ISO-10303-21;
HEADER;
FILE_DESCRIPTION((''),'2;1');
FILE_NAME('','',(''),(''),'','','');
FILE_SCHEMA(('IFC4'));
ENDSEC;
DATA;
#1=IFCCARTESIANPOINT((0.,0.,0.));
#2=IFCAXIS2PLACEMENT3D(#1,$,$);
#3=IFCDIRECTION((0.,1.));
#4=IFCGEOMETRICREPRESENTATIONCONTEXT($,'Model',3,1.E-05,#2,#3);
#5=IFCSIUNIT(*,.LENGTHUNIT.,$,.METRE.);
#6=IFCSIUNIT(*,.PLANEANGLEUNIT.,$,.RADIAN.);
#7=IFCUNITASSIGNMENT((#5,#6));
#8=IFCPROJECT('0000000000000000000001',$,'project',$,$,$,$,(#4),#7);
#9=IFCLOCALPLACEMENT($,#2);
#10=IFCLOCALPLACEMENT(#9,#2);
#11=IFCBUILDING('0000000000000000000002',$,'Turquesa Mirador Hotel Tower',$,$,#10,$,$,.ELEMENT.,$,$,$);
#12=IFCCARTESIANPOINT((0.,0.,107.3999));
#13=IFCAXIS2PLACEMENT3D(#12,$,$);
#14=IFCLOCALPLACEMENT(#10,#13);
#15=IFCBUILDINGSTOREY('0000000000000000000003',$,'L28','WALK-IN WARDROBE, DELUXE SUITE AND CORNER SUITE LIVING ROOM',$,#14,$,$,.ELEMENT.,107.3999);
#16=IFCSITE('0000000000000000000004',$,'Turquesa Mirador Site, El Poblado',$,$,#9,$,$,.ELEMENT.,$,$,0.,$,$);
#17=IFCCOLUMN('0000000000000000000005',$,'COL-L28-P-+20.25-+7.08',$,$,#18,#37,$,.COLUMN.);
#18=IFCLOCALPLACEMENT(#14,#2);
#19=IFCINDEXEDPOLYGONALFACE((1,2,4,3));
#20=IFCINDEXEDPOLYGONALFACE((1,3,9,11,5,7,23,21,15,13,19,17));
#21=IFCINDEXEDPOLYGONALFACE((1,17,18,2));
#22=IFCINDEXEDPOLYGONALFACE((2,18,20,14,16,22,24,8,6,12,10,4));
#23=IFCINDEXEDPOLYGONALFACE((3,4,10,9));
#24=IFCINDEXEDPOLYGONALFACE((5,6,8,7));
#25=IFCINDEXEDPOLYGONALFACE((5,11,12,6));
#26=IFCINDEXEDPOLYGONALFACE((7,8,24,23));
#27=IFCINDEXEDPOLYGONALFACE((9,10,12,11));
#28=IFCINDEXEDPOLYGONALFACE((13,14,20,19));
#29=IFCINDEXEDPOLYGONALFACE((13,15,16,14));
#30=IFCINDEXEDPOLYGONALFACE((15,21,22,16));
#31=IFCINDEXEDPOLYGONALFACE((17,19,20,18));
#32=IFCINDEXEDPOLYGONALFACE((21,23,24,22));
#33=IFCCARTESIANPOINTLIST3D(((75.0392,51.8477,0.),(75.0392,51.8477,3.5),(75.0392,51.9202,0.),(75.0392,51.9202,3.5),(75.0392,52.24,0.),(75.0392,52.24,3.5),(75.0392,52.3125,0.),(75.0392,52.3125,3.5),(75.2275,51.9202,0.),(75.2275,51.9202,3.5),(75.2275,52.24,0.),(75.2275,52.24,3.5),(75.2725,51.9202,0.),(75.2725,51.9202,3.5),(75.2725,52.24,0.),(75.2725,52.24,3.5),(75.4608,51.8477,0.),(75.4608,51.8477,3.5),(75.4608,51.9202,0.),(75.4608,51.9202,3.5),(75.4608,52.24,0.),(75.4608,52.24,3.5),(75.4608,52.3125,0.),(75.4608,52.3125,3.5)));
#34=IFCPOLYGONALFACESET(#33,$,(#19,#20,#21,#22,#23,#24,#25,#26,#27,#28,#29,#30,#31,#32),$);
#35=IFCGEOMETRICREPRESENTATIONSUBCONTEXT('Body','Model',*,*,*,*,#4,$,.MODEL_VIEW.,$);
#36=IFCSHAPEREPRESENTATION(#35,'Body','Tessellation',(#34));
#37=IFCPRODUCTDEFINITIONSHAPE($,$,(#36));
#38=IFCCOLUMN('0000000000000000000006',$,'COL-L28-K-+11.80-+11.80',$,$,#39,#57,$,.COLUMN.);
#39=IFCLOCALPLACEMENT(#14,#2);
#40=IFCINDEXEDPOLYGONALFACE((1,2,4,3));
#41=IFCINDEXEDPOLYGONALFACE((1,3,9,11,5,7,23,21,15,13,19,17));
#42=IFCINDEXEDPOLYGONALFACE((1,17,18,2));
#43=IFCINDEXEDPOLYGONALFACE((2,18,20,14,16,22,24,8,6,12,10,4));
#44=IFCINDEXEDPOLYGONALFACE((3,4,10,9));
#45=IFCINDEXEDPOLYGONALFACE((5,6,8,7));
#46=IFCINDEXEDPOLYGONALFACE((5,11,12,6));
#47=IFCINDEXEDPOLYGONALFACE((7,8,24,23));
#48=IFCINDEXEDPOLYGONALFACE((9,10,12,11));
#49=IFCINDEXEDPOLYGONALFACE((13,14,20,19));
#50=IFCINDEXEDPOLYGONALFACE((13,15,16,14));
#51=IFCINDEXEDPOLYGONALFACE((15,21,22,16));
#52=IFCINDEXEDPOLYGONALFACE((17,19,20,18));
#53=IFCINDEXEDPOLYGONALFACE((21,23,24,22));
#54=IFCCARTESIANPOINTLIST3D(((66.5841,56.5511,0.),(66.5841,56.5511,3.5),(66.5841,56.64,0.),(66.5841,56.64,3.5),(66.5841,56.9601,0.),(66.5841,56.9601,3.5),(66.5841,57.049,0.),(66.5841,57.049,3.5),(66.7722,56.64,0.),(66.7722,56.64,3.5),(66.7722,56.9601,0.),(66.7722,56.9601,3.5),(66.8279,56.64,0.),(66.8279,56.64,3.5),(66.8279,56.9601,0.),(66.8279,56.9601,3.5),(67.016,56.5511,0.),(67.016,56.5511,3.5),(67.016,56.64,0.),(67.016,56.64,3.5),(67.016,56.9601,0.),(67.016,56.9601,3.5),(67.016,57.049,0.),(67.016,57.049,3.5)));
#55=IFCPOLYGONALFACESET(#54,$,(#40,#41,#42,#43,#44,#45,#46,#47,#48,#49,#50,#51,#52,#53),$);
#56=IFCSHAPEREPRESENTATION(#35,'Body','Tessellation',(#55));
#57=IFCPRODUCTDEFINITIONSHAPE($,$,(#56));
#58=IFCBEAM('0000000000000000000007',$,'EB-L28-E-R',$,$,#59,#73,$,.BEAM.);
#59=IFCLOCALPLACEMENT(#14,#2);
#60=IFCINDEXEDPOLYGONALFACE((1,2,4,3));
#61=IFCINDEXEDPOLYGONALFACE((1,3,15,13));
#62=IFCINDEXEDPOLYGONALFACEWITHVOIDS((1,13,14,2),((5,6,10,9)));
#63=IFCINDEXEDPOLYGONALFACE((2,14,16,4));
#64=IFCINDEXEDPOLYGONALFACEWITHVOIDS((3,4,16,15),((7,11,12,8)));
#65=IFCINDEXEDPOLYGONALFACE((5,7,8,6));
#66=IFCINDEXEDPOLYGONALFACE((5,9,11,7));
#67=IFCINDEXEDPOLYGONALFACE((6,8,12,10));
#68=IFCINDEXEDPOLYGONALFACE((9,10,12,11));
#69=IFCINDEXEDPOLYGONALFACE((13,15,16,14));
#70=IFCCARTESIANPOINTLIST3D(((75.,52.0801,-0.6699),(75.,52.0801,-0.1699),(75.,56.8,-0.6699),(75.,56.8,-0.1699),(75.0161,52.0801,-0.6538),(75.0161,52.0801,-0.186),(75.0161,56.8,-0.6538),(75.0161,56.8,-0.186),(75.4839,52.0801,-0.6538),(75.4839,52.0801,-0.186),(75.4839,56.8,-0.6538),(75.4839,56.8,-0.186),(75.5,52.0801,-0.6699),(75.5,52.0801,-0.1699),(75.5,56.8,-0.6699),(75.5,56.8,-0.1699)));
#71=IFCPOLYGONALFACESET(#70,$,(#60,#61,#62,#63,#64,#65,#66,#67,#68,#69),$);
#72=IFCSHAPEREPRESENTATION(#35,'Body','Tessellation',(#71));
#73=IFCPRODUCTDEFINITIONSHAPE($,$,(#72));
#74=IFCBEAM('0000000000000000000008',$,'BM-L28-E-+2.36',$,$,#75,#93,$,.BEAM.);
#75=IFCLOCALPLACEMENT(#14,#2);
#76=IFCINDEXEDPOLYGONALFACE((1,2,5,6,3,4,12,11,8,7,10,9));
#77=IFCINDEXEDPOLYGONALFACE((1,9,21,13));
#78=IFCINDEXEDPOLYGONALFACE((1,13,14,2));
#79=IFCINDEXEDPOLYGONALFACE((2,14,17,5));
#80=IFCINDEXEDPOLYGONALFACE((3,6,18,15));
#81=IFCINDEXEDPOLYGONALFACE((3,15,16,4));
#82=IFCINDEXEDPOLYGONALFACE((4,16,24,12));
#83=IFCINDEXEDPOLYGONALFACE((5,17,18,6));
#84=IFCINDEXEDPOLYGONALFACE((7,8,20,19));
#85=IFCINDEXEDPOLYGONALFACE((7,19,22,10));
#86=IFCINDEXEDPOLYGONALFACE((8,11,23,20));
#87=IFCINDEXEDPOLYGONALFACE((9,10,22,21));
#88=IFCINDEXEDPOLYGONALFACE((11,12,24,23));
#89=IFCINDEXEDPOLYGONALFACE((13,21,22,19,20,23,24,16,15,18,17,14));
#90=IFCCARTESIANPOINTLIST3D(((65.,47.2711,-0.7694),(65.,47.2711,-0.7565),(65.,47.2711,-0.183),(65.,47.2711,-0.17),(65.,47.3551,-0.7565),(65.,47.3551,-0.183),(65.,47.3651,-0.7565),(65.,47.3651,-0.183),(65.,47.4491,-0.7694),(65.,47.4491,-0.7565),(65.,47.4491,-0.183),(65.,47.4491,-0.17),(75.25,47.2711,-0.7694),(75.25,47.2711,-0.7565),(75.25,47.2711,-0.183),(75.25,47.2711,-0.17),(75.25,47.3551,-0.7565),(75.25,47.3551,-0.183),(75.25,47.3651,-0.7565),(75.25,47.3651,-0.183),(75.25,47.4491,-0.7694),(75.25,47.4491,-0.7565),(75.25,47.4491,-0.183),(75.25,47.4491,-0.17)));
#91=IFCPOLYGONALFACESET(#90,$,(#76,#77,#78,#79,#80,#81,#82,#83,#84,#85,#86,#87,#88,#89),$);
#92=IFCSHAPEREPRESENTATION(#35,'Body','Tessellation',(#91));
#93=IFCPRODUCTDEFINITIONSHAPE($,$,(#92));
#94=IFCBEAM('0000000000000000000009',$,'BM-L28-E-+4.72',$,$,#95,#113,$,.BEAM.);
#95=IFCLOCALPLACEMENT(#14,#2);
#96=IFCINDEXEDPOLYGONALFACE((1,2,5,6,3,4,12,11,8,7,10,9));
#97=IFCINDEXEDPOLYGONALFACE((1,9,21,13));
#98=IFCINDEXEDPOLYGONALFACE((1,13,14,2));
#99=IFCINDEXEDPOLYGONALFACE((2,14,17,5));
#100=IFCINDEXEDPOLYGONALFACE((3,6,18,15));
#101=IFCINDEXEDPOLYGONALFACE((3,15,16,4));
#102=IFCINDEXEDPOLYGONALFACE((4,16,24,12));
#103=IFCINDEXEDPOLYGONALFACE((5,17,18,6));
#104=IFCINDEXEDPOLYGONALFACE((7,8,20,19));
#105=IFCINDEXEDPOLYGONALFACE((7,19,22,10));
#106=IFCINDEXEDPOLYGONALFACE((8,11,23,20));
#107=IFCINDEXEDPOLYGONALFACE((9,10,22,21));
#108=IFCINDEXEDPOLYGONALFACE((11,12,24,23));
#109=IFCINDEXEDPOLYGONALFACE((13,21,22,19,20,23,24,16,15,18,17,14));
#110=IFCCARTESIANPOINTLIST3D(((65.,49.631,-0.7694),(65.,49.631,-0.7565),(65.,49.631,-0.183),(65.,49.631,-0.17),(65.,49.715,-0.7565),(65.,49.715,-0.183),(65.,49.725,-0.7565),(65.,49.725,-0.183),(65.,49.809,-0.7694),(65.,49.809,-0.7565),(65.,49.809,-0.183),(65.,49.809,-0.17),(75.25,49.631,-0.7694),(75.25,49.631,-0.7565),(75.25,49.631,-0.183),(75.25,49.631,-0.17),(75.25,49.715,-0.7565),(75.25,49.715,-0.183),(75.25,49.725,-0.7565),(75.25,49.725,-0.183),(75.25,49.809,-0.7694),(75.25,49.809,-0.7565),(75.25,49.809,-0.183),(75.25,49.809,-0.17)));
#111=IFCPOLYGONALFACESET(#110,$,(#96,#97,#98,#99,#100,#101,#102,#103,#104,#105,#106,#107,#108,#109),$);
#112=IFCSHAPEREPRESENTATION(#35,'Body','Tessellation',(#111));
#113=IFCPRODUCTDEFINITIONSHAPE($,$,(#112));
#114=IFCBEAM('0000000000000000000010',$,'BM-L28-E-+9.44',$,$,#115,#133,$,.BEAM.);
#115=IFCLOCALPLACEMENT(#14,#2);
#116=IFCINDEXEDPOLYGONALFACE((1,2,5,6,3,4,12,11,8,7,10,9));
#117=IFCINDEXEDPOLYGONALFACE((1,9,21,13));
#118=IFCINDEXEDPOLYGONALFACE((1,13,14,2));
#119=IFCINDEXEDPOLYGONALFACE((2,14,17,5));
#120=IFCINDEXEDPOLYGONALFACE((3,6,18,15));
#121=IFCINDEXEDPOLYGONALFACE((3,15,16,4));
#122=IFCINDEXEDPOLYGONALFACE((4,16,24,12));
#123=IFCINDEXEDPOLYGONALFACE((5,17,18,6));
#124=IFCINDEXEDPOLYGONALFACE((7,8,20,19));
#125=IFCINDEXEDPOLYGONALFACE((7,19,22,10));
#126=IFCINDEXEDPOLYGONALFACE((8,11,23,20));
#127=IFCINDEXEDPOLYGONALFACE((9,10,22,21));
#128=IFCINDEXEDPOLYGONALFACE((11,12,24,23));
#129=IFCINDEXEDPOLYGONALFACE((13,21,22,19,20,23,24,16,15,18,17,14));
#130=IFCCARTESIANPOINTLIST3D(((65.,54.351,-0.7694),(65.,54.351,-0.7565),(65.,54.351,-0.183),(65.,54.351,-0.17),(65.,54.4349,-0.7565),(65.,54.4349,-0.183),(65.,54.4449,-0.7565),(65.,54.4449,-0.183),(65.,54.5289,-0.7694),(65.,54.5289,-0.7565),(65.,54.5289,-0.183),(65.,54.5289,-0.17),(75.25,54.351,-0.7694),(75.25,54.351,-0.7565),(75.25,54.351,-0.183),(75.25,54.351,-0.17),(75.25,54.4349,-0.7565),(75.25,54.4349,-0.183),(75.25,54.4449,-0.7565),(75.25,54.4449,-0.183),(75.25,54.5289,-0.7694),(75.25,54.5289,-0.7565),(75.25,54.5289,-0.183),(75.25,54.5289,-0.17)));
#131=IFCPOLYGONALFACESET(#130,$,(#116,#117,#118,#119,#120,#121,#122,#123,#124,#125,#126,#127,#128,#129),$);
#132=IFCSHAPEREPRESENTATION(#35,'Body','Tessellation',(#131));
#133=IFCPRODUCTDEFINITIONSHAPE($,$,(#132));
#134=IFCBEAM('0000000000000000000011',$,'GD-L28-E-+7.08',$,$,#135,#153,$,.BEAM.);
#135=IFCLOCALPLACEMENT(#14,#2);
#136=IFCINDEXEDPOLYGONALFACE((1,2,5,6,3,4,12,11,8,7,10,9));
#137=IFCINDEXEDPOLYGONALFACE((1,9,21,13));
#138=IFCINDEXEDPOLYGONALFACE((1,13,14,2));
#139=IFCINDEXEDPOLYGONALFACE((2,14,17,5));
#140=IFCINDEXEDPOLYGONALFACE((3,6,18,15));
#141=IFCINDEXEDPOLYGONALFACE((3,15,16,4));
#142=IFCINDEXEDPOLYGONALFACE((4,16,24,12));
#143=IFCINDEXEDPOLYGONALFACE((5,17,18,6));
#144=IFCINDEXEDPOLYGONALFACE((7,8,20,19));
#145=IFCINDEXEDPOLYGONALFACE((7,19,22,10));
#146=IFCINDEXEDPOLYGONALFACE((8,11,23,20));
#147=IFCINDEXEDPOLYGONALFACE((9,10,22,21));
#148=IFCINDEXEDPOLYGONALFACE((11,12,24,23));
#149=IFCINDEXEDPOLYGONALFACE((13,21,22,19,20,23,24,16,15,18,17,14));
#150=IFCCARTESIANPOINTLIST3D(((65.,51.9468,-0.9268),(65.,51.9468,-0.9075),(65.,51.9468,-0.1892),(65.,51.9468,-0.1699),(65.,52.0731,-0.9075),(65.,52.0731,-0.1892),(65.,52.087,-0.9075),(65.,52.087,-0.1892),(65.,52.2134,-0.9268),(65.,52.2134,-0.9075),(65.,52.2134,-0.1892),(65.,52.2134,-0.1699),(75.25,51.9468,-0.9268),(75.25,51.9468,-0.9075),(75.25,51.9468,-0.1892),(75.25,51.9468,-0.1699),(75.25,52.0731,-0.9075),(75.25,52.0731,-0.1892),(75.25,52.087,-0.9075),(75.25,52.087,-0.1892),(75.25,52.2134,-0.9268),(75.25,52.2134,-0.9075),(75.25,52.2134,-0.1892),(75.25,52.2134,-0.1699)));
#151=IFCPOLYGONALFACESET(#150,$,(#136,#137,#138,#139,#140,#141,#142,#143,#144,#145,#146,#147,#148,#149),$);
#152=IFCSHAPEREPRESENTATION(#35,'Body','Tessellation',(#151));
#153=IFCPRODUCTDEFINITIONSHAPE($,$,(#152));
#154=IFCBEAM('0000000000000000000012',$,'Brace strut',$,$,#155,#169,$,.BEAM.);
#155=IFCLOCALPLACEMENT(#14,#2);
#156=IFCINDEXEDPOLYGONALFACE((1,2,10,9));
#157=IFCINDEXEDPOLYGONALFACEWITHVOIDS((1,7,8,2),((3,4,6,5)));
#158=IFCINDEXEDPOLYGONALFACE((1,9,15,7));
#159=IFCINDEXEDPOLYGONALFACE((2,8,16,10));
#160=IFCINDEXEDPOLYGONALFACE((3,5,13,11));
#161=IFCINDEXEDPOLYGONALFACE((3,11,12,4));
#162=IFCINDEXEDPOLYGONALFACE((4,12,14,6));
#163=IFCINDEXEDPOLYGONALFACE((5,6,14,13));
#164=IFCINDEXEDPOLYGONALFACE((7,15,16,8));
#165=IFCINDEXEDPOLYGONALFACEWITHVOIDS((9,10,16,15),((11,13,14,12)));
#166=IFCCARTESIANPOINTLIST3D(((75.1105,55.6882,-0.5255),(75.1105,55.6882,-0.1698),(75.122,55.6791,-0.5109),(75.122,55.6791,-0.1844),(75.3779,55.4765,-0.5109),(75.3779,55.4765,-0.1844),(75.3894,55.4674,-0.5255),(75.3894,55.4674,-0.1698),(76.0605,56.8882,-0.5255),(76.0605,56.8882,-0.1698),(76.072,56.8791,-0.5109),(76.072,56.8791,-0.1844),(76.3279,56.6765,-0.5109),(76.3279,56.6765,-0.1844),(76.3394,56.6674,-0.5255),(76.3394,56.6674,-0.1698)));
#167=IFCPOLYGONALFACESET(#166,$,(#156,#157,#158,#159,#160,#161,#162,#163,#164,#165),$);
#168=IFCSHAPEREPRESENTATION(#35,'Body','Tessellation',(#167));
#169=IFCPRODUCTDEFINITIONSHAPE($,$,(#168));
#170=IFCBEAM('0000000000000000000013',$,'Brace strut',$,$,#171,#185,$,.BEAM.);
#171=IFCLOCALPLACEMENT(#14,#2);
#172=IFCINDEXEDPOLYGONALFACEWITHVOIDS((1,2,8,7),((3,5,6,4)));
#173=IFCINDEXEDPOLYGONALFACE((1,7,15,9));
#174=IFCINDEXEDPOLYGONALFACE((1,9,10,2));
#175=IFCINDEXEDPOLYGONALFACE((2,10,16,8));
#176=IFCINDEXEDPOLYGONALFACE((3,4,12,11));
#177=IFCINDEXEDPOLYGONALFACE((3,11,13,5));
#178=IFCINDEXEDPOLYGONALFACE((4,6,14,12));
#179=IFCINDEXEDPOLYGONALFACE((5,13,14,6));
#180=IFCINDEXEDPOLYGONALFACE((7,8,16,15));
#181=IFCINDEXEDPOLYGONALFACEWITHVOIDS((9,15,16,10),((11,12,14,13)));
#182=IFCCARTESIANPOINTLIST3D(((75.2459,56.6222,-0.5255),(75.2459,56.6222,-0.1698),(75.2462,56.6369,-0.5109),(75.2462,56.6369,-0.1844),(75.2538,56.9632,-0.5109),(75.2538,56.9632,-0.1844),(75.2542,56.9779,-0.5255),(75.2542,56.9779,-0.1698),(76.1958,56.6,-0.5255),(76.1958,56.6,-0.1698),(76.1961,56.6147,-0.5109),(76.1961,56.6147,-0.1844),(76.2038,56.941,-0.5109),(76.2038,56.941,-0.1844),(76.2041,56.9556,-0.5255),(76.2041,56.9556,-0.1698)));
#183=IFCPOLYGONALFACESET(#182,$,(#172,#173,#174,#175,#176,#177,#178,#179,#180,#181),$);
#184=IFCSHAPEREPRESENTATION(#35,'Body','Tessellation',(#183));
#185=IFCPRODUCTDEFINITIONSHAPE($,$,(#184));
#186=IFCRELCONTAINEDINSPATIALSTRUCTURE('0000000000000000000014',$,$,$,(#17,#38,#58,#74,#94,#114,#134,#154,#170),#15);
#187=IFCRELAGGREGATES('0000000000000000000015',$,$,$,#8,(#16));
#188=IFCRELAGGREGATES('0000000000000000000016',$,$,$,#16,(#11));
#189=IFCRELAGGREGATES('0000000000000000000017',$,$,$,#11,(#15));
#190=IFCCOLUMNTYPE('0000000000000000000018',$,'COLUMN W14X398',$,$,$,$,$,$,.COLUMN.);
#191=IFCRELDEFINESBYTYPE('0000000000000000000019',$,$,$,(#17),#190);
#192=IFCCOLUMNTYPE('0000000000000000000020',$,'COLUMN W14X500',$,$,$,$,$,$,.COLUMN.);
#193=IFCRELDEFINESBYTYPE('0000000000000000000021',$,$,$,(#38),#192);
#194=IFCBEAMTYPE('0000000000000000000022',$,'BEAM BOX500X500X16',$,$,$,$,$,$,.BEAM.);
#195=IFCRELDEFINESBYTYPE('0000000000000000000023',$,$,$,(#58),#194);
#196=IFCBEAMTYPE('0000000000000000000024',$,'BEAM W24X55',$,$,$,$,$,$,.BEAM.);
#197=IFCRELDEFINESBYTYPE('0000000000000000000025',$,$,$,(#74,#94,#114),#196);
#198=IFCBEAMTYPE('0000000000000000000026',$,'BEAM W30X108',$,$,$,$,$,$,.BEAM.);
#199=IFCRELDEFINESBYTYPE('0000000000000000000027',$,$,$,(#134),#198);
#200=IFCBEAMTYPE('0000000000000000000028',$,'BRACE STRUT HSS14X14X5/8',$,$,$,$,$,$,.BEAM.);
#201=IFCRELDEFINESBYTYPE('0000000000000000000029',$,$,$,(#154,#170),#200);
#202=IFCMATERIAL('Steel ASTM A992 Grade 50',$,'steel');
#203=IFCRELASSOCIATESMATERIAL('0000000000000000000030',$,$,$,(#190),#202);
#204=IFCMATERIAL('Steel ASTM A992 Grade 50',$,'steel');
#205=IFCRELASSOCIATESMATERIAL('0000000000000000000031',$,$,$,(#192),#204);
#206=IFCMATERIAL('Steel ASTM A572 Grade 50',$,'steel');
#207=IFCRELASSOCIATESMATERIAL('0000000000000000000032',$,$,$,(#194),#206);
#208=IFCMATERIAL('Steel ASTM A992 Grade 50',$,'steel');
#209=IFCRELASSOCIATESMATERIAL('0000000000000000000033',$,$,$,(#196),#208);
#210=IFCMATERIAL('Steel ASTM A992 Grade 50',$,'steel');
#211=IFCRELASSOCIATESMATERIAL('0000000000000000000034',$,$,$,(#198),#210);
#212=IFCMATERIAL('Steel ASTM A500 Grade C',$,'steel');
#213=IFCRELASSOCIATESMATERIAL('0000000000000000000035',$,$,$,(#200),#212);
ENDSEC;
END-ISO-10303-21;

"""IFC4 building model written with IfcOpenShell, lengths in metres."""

from ifc_helpers import new_model, si_unit, direction, frame, origin, origin_2d, place, context, subcontext, project, spatial, hollow_rectangle, i_section, extrude, material, material_profile, profile_set, type_object, element, save


model = new_model("IFC4")

# Units and contexts
model_context = context("Model", 3, precision=1e-05, world=origin(), true_north=direction((0.0, 1.0)))
body_context = subcontext(model_context, "Body", "Model", "MODEL_VIEW")
ifc_project = project(units=[si_unit("LENGTHUNIT", "METRE"), si_unit("PLANEANGLEUNIT", "RADIAN")], contexts=[model_context])

# Site, building, storey
site_placement = place(None, origin())
site = spatial("IfcSite", under=ifc_project, at=site_placement, Name="Turquesa Mirador Site, El Poblado", CompositionType="ELEMENT", RefElevation=0.0)
building_placement = place(site_placement, origin())
building = spatial("IfcBuilding", under=site, at=building_placement, Name="Turquesa Mirador Hotel Tower", CompositionType="ELEMENT")
storey_placement = place(building_placement, frame((0.0, 0.0, 107.3999)))
storey = spatial("IfcBuildingStorey", under=building, at=storey_placement, Name="L28", Description="WALK-IN WARDROBE, DELUXE SUITE AND CORNER SUITE LIVING ROOM", CompositionType="ELEMENT", Elevation=107.3999)

# Columns
ifc_material_1 = material(Name="Steel ASTM A992 Grade 50", Category="steel")
ifc_material_profile_1 = material_profile(ifc_material_1, i_section(OverallWidth=0.4216, OverallDepth=0.4648, WebThickness=0.0449, FlangeThickness=0.0725, at=origin_2d()), Name="W14X398")
ifc_profile_set_1 = profile_set([ifc_material_profile_1], Name="Steel ASTM A992 Grade 50")
column_type_1 = type_object("IfcColumnType", Name="COLUMN W14X398", PredefinedType="COLUMN", material=ifc_profile_set_1)
column_1_placement = place(storey_placement, frame((75.25, 52.0801, 0.0), z_axis=(0.0, 0.0, 1.0), x_axis=(1.0, 0.0, 0.0)))
element("IfcColumn", 1, at=column_1_placement, inside=storey, type_object=column_type_1, Name="COL-L28-P-+20.25-+7.08", PredefinedType="COLUMN", context=body_context, shape_type="SweptSolid", body=[
    extrude(i_section(OverallWidth=0.4216, OverallDepth=0.4648, WebThickness=0.0449, FlangeThickness=0.0725, at=origin_2d()), origin(), (0.0, 0.0, 1.0), 3.5),
])
ifc_material_2 = material(Name="Steel ASTM A992 Grade 50", Category="steel")
ifc_material_profile_2 = material_profile(ifc_material_2, i_section(OverallWidth=0.4319, OverallDepth=0.4978, WebThickness=0.0557, FlangeThickness=0.0889, at=origin_2d()), Name="W14X500")
ifc_profile_set_2 = profile_set([ifc_material_profile_2], Name="Steel ASTM A992 Grade 50")
column_type_2 = type_object("IfcColumnType", Name="COLUMN W14X500", PredefinedType="COLUMN", material=ifc_profile_set_2)
column_2_placement = place(storey_placement, frame((66.8, 56.8, 0.0), z_axis=(0.0, 0.0, 1.0), x_axis=(1.0, 0.0, 0.0)))
element("IfcColumn", 2, at=column_2_placement, inside=storey, type_object=column_type_2, Name="COL-L28-K-+11.80-+11.80", PredefinedType="COLUMN", context=body_context, shape_type="SweptSolid", body=[
    extrude(i_section(OverallWidth=0.4319, OverallDepth=0.4978, WebThickness=0.0557, FlangeThickness=0.0889, at=origin_2d()), origin(), (0.0, 0.0, 1.0), 3.5),
])

# Beams
ifc_material_3 = material(Name="Steel ASTM A572 Grade 50", Category="steel")
ifc_material_profile_3 = material_profile(ifc_material_3, hollow_rectangle(XDim=0.5, YDim=0.5, WallThickness=0.0161, at=origin_2d()), Name="BOX500X500X16")
ifc_profile_set_3 = profile_set([ifc_material_profile_3], Name="Steel ASTM A572 Grade 50")
beam_type_1 = type_object("IfcBeamType", Name="BEAM BOX500X500X16", PredefinedType="BEAM", material=ifc_profile_set_3)
beam_1_placement = place(storey_placement, frame((75.25, 52.0801, -0.4199), z_axis=(0.0, 1.0, 0.0), x_axis=(-1.0, 0.0, 0.0)))
element("IfcBeam", 3, at=beam_1_placement, inside=storey, type_object=beam_type_1, Name="EB-L28-E-R", PredefinedType="BEAM", context=body_context, shape_type="SweptSolid", body=[
    extrude(hollow_rectangle(XDim=0.5, YDim=0.5, WallThickness=0.0161, at=origin_2d()), origin(), (0.0, 0.0, 1.0), 4.72),
])
ifc_material_4 = material(Name="Steel ASTM A992 Grade 50", Category="steel")
ifc_material_profile_4 = material_profile(ifc_material_4, i_section(OverallWidth=0.178, OverallDepth=0.5994, WebThickness=0.01, FlangeThickness=0.0129, at=origin_2d()), Name="W24X55")
ifc_profile_set_4 = profile_set([ifc_material_profile_4], Name="Steel ASTM A992 Grade 50")
beam_type_2 = type_object("IfcBeamType", Name="BEAM W24X55", PredefinedType="BEAM", material=ifc_profile_set_4)
for number, where, z_axis, x_axis, name in (
    (4, (75.25, 47.3601, -0.4697), (-1.0, 0.0, 0.0), (0.0, -1.0, 0.0), "BM-L28-E-+2.36"),
    (5, (75.25, 49.72, -0.4697), (-1.0, 0.0, 0.0), (0.0, -1.0, 0.0), "BM-L28-E-+4.72"),
    (6, (75.25, 54.4399, -0.4697), (-1.0, 0.0, 0.0), (0.0, -1.0, 0.0), "BM-L28-E-+9.44"),
):
    element("IfcBeam", number, at=place(storey_placement, frame(where, z_axis=z_axis, x_axis=x_axis)), inside=storey, type_object=beam_type_2, Name=name, PredefinedType="BEAM", context=body_context, shape_type="SweptSolid", body=[
        extrude(i_section(OverallWidth=0.178, OverallDepth=0.5994, WebThickness=0.01, FlangeThickness=0.0129, at=origin_2d()), origin(), (0.0, 0.0, 1.0), 10.25),
    ])
ifc_material_5 = material(Name="Steel ASTM A992 Grade 50", Category="steel")
ifc_material_profile_5 = material_profile(ifc_material_5, i_section(OverallWidth=0.2666, OverallDepth=0.7568, WebThickness=0.0139, FlangeThickness=0.0193, at=origin_2d()), Name="W30X108")
ifc_profile_set_5 = profile_set([ifc_material_profile_5], Name="Steel ASTM A992 Grade 50")
beam_type_3 = type_object("IfcBeamType", Name="BEAM W30X108", PredefinedType="BEAM", material=ifc_profile_set_5)
beam_2_placement = place(storey_placement, frame((75.25, 52.0801, -0.5483), z_axis=(-1.0, 0.0, 0.0), x_axis=(0.0, -1.0, 0.0)))
element("IfcBeam", 7, at=beam_2_placement, inside=storey, type_object=beam_type_3, Name="GD-L28-E-+7.08", PredefinedType="BEAM", context=body_context, shape_type="SweptSolid", body=[
    extrude(i_section(OverallWidth=0.2666, OverallDepth=0.7568, WebThickness=0.0139, FlangeThickness=0.0193, at=origin_2d()), origin(), (0.0, 0.0, 1.0), 10.25),
])
ifc_material_6 = material(Name="Steel ASTM A500 Grade C", Category="steel")
ifc_material_profile_6 = material_profile(ifc_material_6, hollow_rectangle(XDim=0.3557, YDim=0.3557, WallThickness=0.0146, at=origin_2d()), Name="HSS14X14X5/8")
ifc_profile_set_6 = profile_set([ifc_material_profile_6], Name="Steel ASTM A500 Grade C")
beam_type_4 = type_object("IfcBeamType", Name="BRACE STRUT HSS14X14X5/8", PredefinedType="BEAM", material=ifc_profile_set_6)
beam_3_placement = place(storey_placement, frame((76.2, 56.7778, -0.3477), z_axis=(-0.620699, -0.784049, 0.0), x_axis=(0.784049, -0.620699, 0.0)))
element("IfcBeam", 8, at=beam_3_placement, inside=storey, type_object=beam_type_4, Name="Brace strut", PredefinedType="BEAM", context=body_context, shape_type="SweptSolid", body=[
    extrude(hollow_rectangle(XDim=0.3557, YDim=0.3557, WallThickness=0.0146, at=origin_2d()), origin(), (0.0, 0.0, 1.0), 1.5305),
])
beam_4_placement = place(storey_placement, frame((76.2, 56.7778, -0.3477), z_axis=(-0.999727, 0.023381, 0.0), x_axis=(-0.023381, -0.999727, 0.0)))
element("IfcBeam", 9, at=beam_4_placement, inside=storey, type_object=beam_type_4, Name="Brace strut", PredefinedType="BEAM", context=body_context, shape_type="SweptSolid", body=[
    extrude(hollow_rectangle(XDim=0.3557, YDim=0.3557, WallThickness=0.0146, at=origin_2d()), origin(), (0.0, 0.0, 1.0), 0.9502),
])

save(model, "model.ifc")
